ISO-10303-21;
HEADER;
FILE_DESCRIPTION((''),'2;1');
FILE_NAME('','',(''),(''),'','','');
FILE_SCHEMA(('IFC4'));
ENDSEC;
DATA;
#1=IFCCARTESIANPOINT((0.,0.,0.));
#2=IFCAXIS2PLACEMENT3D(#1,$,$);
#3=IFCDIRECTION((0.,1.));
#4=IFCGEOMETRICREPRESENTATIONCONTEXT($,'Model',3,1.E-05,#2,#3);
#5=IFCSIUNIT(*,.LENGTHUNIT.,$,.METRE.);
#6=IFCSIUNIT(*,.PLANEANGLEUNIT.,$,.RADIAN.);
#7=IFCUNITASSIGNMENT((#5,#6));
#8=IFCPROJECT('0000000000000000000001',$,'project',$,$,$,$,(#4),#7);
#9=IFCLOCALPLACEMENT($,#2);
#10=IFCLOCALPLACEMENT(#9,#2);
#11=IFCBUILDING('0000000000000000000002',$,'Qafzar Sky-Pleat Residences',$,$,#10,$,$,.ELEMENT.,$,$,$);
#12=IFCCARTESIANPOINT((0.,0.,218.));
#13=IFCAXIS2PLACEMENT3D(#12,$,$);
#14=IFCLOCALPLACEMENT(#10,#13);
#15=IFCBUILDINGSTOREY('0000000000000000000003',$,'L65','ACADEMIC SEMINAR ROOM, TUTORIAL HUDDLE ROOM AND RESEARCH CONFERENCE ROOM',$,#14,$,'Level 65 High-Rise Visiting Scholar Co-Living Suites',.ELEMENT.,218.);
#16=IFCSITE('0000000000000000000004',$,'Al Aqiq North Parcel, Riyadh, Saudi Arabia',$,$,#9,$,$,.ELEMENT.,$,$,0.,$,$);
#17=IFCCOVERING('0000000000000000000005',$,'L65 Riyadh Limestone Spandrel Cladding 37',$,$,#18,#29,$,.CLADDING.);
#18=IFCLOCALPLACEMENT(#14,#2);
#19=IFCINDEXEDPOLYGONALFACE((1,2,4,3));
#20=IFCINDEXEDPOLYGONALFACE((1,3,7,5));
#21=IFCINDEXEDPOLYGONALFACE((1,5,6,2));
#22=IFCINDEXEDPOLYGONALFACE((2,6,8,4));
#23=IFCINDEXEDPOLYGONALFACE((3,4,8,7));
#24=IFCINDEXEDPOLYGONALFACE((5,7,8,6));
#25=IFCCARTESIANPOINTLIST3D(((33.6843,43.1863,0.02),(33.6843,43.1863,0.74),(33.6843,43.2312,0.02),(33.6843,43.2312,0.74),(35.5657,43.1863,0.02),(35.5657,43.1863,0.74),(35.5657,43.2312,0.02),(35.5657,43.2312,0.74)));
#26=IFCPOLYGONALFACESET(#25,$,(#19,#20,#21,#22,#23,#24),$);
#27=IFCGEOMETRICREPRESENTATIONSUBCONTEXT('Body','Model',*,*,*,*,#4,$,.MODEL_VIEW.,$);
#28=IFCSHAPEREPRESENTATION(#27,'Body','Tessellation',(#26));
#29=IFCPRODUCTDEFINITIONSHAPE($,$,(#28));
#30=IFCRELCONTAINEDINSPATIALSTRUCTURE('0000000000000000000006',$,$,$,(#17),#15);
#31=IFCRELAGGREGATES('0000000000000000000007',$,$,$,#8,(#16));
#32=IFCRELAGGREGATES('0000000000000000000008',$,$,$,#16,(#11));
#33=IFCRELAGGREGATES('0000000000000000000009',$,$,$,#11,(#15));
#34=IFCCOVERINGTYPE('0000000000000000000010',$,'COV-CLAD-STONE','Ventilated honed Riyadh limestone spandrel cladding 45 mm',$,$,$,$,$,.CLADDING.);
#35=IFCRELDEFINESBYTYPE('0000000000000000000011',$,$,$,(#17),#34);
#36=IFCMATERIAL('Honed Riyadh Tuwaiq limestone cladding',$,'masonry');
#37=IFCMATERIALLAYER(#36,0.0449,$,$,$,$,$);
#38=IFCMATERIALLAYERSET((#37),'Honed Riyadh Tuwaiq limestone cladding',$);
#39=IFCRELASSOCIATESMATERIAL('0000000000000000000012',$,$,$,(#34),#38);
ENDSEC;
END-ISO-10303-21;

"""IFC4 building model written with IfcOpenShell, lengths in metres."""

from ifc_helpers import new_model, si_unit, direction, frame, origin, origin_2d, place, context, subcontext, project, spatial, rectangle, extrude, source, transform, mapped, material, layer, layer_set, type_object, element, save


model = new_model("IFC4")

# Units and contexts
model_context = context("Model", 3, precision=1e-05, world=origin(), true_north=direction((0.0, 1.0)))
body_context = subcontext(model_context, "Body", "Model", "MODEL_VIEW")
ifc_project = project(units=[si_unit("LENGTHUNIT", "METRE"), si_unit("PLANEANGLEUNIT", "RADIAN")], contexts=[model_context])

# Site, building, storey
site_placement = place(None, origin())
site = spatial("IfcSite", under=ifc_project, at=site_placement, Name="Al Aqiq North Parcel, Riyadh, Saudi Arabia", CompositionType="ELEMENT", RefElevation=0.0)
building_placement = place(site_placement, origin())
building = spatial("IfcBuilding", under=site, at=building_placement, Name="Qafzar Sky-Pleat Residences", CompositionType="ELEMENT")
storey_placement = place(building_placement, frame((0.0, 0.0, 218.0)))
storey = spatial("IfcBuildingStorey", under=building, at=storey_placement, Name="L65", Description="ACADEMIC SEMINAR ROOM, TUTORIAL HUDDLE ROOM AND RESEARCH CONFERENCE ROOM", LongName="Level 65 High-Rise Visiting Scholar Co-Living Suites", CompositionType="ELEMENT", Elevation=218.0)

# Covering
ifc_material_1 = material(Name="Honed Riyadh Tuwaiq limestone cladding", Category="masonry")
ifc_layer_1 = layer(ifc_material_1, 0.0449)
ifc_layer_set_1 = layer_set([ifc_layer_1], Name="Honed Riyadh Tuwaiq limestone cladding")
covering_type = type_object("IfcCoveringType", Name="COV-CLAD-STONE", Description="Ventilated honed Riyadh limestone spandrel cladding 45 mm", PredefinedType="CLADDING", material=ifc_layer_set_1)
shared_shape_1 = source(origin(), body_context, "Body", "SweptSolid", [
    extrude(rectangle(XDim=1.8813, YDim=0.0449, at=origin_2d()), origin(), (0.0, 0.0, 1.0), 0.72),
])
covering_placement = place(storey_placement, frame((34.625, 43.2087, 0.02), z_axis=(0.0, 0.0, 1.0), x_axis=(-1.0, 0.0, 0.0)))
element("IfcCovering", 1, at=covering_placement, inside=storey, type_object=covering_type, Name="L65 Riyadh Limestone Spandrel Cladding 37", PredefinedType="CLADDING", context=body_context, shape_type="MappedRepresentation", body=[
    mapped(shared_shape_1, transform((0.0, 0.0, 0.0), x_axis=(1.0, 0.0, 0.0), y_axis=(0.0, 1.0, 0.0), z_axis=(0.0, 0.0, 1.0), scale=1.0)),
])

save(model, "model.ifc")
